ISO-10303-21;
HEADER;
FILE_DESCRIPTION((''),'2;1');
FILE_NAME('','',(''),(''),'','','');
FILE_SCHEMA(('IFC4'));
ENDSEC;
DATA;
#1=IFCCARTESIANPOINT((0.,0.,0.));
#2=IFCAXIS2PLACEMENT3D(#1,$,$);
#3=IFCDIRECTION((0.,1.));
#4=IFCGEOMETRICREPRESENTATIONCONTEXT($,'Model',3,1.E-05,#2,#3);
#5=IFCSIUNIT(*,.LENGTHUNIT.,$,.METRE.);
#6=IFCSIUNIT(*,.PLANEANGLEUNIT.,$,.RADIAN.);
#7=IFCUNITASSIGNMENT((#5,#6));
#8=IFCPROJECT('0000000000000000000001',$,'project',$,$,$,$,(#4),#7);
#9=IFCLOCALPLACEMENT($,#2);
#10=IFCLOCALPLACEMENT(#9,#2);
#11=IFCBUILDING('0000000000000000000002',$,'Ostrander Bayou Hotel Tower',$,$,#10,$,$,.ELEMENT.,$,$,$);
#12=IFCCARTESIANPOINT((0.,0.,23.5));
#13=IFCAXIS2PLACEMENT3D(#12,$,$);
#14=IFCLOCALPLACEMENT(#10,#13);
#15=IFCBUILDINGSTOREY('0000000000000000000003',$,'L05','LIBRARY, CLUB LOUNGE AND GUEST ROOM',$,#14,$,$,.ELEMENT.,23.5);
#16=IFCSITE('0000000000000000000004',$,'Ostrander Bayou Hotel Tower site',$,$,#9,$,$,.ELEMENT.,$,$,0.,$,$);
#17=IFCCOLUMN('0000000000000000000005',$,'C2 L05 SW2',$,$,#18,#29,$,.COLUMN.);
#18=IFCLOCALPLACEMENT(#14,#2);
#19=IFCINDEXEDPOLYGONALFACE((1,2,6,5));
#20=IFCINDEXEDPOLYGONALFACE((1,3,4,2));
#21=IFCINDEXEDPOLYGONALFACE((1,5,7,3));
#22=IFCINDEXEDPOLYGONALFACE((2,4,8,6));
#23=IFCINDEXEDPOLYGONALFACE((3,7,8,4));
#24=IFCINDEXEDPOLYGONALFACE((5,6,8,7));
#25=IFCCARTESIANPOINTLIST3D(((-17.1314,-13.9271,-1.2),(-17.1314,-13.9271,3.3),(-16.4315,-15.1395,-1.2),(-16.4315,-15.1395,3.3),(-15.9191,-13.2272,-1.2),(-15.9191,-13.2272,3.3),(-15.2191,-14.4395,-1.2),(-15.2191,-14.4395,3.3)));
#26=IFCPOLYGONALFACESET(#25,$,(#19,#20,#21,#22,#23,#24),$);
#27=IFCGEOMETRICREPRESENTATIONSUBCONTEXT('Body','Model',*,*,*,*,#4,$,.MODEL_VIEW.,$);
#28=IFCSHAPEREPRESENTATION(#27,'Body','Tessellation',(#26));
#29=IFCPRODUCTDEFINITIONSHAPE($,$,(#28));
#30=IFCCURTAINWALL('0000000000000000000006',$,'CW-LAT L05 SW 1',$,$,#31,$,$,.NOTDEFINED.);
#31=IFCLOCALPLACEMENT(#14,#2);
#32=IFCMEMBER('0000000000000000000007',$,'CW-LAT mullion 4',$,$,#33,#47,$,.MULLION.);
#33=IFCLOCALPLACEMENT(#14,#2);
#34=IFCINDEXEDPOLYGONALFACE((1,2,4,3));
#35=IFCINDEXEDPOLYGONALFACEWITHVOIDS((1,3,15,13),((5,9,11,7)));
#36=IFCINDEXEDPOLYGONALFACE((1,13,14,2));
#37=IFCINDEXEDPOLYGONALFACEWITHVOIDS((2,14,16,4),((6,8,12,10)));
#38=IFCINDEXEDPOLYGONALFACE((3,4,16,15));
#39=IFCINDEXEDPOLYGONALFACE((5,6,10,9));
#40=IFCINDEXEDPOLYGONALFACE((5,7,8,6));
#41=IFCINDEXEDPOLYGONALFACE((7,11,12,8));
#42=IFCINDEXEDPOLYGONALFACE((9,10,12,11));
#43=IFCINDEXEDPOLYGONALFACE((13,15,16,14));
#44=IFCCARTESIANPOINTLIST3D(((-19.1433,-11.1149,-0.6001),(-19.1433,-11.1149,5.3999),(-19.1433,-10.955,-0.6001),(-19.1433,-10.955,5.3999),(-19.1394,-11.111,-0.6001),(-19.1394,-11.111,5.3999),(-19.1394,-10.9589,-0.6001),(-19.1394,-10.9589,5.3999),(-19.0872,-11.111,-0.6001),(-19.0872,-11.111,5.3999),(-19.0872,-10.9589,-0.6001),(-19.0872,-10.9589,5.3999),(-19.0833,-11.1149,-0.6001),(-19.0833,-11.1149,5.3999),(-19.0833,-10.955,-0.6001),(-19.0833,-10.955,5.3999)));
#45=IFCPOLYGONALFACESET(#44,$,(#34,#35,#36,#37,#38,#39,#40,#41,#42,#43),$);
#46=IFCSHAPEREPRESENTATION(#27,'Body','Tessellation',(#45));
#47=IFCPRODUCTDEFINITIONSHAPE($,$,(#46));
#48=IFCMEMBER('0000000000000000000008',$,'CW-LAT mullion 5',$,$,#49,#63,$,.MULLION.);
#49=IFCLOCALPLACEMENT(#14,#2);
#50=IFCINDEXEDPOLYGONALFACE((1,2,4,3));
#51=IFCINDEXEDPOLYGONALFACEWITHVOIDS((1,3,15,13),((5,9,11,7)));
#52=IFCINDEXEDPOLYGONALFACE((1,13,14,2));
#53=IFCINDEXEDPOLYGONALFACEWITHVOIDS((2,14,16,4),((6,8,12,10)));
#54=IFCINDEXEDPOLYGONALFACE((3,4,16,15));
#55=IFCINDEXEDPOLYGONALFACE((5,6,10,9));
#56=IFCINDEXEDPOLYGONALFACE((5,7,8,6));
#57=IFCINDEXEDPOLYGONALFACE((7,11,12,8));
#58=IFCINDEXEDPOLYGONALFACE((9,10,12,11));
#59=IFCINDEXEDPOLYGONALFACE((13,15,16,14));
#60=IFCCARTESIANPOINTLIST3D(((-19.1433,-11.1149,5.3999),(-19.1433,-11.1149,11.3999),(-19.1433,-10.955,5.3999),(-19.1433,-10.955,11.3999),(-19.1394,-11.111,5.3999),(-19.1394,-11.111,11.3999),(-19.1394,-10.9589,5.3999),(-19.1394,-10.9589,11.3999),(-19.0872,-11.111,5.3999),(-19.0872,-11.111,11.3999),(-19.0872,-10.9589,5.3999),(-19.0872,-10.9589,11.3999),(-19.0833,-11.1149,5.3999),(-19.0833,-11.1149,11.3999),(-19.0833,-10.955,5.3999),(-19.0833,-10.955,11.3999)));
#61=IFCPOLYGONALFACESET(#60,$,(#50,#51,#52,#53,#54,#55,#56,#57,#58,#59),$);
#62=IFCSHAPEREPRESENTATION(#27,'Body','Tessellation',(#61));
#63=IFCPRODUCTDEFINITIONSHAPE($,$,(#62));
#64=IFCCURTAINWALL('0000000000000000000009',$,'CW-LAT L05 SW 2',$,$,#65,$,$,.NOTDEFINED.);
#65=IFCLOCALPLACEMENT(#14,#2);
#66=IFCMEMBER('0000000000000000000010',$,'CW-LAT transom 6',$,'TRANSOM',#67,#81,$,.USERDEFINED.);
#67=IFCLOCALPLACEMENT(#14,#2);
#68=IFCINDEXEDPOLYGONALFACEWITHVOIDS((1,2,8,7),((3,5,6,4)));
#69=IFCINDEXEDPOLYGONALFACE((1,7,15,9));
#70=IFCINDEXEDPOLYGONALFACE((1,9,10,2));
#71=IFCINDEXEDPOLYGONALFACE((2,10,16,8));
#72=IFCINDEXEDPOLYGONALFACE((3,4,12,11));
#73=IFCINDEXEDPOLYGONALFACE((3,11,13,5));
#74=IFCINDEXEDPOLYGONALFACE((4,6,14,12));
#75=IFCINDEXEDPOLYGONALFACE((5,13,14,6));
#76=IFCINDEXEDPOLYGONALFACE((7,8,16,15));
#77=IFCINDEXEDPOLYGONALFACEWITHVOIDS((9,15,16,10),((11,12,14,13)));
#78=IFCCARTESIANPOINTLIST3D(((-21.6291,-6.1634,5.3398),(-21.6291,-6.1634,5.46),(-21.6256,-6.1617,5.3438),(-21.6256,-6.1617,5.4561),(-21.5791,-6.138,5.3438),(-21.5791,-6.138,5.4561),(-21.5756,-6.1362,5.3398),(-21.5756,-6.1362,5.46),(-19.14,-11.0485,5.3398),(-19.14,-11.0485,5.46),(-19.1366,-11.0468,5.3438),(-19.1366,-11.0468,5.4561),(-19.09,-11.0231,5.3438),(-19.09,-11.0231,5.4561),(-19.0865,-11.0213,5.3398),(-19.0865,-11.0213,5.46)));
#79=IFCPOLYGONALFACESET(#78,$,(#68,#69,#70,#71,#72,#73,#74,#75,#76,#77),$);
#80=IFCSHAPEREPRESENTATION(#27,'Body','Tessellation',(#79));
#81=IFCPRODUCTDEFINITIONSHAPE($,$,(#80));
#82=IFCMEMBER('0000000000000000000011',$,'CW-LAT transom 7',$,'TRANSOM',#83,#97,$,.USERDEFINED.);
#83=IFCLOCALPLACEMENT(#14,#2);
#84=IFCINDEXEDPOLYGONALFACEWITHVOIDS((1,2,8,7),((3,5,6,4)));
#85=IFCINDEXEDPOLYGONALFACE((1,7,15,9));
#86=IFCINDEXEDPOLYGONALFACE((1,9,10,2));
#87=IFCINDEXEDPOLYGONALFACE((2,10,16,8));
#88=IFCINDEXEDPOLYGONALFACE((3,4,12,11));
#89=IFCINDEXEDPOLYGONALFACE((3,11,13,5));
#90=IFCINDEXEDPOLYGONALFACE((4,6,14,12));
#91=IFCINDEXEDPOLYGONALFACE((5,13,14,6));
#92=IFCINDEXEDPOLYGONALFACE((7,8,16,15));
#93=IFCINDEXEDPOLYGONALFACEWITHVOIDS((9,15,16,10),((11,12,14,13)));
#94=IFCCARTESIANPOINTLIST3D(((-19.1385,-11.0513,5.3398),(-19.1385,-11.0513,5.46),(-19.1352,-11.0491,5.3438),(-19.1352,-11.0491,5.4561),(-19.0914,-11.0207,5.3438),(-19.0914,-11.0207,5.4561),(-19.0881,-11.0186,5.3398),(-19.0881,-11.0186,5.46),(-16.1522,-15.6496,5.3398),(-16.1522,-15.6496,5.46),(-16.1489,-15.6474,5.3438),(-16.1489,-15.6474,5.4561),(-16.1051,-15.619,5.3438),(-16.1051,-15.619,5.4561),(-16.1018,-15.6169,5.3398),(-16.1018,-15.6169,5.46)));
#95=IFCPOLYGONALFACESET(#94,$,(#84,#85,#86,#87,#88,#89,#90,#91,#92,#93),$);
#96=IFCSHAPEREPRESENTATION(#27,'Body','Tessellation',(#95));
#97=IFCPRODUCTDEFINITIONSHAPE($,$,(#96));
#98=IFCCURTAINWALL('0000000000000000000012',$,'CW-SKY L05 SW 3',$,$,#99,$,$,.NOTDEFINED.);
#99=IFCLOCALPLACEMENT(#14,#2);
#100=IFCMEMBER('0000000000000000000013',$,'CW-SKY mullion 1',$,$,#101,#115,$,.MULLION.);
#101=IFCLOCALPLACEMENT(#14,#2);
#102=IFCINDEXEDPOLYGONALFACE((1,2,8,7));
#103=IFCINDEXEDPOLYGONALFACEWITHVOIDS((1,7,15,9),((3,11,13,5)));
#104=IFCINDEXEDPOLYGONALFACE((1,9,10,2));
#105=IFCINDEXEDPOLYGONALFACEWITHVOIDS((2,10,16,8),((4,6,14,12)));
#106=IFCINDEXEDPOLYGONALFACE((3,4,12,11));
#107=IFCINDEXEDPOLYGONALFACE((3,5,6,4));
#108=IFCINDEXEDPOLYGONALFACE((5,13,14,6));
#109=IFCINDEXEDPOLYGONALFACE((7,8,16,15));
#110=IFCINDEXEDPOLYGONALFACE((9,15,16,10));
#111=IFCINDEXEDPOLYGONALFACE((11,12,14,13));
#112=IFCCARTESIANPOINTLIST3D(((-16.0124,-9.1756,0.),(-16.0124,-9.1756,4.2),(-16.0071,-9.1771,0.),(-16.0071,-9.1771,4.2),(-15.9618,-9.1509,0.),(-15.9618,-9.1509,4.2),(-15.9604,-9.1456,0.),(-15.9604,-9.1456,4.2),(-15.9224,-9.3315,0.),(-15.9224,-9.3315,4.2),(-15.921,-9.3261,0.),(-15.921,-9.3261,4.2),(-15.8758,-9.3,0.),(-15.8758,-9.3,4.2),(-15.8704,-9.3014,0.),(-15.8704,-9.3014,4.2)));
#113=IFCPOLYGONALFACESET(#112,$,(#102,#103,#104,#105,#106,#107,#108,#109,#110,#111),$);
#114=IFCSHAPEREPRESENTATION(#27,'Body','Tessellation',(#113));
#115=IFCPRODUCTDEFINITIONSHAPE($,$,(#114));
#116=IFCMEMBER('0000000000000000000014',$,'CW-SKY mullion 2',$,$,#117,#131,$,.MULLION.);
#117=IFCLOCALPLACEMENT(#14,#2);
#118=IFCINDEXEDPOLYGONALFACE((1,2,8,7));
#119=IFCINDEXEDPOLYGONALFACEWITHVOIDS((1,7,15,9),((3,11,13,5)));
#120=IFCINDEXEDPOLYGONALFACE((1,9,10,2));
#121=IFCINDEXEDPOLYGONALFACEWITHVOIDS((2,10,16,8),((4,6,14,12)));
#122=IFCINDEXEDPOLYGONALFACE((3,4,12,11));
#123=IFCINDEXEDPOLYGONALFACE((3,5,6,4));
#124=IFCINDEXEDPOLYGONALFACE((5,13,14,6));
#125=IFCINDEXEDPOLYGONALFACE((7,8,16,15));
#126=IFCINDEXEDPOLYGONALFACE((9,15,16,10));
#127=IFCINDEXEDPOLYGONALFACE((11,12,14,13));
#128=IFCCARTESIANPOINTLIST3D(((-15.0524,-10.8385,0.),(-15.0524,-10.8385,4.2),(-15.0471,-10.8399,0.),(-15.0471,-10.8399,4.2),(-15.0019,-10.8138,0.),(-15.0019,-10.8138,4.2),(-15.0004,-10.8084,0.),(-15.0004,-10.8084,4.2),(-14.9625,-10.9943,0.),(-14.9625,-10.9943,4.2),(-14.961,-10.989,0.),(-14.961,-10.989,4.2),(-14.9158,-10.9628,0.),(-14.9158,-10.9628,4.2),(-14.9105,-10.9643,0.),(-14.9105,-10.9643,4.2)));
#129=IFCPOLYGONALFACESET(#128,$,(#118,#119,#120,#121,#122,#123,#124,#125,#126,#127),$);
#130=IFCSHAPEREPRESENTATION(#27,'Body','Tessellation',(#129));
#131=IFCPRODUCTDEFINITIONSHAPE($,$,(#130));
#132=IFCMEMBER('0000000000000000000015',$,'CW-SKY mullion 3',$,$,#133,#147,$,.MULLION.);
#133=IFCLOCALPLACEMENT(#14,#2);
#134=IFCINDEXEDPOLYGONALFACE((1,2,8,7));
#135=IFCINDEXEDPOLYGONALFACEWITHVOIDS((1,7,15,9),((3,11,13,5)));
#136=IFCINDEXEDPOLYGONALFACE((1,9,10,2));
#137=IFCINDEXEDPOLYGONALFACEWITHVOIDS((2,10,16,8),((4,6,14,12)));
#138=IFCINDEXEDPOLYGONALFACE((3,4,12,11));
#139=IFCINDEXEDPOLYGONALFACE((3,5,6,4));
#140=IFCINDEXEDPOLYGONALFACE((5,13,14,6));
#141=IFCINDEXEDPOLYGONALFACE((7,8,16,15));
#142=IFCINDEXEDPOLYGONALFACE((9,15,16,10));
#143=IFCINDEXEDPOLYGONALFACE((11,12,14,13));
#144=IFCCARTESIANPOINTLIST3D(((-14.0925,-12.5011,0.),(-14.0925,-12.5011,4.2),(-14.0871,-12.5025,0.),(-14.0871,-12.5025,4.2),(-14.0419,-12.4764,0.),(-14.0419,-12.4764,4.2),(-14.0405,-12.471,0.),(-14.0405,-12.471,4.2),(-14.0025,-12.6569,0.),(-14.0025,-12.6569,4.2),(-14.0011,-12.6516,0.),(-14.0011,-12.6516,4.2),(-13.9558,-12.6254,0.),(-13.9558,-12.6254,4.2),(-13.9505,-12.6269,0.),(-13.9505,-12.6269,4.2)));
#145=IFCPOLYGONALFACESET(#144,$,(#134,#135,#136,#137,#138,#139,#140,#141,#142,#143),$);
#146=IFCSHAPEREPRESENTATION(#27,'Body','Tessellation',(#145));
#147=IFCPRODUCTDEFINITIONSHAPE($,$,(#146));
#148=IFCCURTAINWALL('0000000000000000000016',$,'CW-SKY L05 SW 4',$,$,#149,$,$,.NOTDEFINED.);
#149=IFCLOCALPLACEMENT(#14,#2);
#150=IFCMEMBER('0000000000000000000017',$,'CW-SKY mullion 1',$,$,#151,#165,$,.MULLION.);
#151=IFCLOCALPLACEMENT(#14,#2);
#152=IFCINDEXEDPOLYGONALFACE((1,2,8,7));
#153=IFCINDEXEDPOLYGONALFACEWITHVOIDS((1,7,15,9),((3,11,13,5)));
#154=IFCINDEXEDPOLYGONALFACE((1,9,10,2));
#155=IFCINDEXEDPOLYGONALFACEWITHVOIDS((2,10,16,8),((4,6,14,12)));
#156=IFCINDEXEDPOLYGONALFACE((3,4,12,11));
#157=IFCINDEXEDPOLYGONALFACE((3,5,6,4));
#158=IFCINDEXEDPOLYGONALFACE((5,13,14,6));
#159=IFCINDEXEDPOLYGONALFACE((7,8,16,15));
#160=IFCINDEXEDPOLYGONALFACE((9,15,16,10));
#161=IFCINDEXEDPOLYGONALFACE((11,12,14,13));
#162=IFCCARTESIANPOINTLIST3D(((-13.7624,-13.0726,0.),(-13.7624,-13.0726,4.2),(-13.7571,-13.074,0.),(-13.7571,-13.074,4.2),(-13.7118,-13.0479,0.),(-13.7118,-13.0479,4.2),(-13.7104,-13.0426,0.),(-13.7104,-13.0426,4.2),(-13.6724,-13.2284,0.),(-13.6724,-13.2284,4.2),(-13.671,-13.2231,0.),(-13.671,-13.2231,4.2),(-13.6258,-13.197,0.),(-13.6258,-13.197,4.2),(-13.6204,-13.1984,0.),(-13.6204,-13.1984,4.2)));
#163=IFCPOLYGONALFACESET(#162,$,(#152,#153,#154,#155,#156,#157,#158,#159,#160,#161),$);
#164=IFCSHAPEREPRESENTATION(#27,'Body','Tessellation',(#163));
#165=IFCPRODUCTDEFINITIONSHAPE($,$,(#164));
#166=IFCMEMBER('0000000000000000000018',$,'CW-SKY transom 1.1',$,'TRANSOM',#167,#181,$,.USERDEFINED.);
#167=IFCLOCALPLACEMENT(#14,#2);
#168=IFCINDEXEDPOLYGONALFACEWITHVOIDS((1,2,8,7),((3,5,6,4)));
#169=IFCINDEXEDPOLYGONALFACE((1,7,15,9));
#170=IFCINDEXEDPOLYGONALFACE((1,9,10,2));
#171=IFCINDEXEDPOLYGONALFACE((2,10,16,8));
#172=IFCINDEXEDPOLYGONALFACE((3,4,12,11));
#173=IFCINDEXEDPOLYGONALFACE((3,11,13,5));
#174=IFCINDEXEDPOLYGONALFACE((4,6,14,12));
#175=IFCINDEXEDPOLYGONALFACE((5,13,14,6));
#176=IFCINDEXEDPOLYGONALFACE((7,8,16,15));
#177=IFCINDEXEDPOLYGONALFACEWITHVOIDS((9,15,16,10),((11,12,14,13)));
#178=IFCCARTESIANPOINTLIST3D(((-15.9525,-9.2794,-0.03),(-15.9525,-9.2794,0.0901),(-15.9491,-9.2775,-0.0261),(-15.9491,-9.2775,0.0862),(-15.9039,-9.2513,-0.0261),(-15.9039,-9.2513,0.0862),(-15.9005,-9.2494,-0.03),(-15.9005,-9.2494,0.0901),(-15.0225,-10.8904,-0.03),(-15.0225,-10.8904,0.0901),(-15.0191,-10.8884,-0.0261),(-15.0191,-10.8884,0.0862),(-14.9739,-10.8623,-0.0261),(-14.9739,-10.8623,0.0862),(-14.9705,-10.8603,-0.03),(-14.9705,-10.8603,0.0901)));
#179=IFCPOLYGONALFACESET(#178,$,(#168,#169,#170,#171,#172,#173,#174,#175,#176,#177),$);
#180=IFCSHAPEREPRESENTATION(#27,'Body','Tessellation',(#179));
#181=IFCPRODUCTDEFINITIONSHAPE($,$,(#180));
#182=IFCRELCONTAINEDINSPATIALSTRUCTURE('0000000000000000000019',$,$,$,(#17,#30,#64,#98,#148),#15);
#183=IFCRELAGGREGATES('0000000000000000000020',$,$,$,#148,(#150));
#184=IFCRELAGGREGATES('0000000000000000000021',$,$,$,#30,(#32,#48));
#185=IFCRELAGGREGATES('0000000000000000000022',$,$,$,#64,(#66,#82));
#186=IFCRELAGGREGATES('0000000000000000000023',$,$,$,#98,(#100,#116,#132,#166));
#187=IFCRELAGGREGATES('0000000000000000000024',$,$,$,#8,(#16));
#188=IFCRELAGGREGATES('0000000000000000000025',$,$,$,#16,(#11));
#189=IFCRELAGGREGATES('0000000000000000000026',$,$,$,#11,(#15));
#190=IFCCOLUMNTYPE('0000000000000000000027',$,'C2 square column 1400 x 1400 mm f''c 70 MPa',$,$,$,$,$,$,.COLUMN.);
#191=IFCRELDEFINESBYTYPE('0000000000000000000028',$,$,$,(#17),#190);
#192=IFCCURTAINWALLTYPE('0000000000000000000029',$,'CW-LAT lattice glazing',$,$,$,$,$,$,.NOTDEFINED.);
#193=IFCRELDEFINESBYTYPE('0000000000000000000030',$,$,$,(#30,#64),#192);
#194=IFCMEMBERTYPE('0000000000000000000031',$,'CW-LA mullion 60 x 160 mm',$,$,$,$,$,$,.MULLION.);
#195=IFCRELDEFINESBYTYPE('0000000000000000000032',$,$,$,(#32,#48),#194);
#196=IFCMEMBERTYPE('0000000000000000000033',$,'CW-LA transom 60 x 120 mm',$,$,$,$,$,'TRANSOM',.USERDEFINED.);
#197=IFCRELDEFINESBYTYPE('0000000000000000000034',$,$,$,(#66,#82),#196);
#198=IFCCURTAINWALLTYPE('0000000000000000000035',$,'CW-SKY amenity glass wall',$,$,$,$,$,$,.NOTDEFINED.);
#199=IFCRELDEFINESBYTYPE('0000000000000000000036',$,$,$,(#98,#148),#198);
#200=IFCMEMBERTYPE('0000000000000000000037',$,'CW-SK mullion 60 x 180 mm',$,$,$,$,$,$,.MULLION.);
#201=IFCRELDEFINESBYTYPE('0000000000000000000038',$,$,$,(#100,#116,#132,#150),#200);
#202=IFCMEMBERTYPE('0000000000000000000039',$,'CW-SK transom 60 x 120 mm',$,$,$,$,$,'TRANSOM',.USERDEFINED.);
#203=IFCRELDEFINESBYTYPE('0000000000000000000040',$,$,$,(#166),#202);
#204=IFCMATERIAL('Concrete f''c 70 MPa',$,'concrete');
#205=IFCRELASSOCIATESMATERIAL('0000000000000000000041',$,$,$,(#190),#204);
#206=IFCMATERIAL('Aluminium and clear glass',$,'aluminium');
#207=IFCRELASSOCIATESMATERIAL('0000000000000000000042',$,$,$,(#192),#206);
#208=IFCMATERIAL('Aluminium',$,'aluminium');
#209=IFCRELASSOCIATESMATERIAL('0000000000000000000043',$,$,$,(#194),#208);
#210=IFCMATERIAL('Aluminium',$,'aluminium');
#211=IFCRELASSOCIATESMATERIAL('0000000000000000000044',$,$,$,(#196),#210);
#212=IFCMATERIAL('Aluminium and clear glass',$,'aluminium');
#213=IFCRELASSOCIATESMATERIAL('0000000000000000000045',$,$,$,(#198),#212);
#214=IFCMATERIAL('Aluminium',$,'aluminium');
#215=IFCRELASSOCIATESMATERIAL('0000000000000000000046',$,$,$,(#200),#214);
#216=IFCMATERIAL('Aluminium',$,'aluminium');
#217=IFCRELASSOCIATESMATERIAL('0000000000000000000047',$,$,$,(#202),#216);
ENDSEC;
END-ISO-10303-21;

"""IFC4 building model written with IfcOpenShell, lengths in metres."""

from ifc_helpers import new_model, si_unit, direction, frame, origin, origin_2d, place, context, subcontext, project, spatial, rectangle, hollow_rectangle, extrude, material, material_profile, profile_set, type_object, element, aggregate, save


model = new_model("IFC4")

# Units and contexts
model_context = context("Model", 3, precision=1e-05, world=origin(), true_north=direction((0.0, 1.0)))
body_context = subcontext(model_context, "Body", "Model", "MODEL_VIEW")
ifc_project = project(units=[si_unit("LENGTHUNIT", "METRE"), si_unit("PLANEANGLEUNIT", "RADIAN")], contexts=[model_context])

# Site, building, storey
site_placement = place(None, origin())
site = spatial("IfcSite", under=ifc_project, at=site_placement, Name="Ostrander Bayou Hotel Tower site", CompositionType="ELEMENT", RefElevation=0.0)
building_placement = place(site_placement, origin())
building = spatial("IfcBuilding", under=site, at=building_placement, Name="Ostrander Bayou Hotel Tower", CompositionType="ELEMENT")
storey_placement = place(building_placement, frame((0.0, 0.0, 23.5)))
storey = spatial("IfcBuildingStorey", under=building, at=storey_placement, Name="L05", Description="LIBRARY, CLUB LOUNGE AND GUEST ROOM", CompositionType="ELEMENT", Elevation=23.5)

# Column
ifc_material_1 = material(Name="Concrete f'c 70 MPa", Category="concrete")
ifc_material_profile_1 = material_profile(ifc_material_1, rectangle(XDim=1.3999, YDim=1.3999, at=origin_2d()))
ifc_profile_set_1 = profile_set([ifc_material_profile_1], Name="Concrete f'c 70 MPa")
column_type = type_object("IfcColumnType", Name="C2 square column 1400 x 1400 mm f'c 70 MPa", PredefinedType="COLUMN", material=ifc_profile_set_1)
column_placement = place(storey_placement, frame((-16.1753, -14.1833, -1.2), z_axis=(0.0, 0.0, 1.0), x_axis=(-0.5, 0.866025, 0.0)))
element("IfcColumn", 1, at=column_placement, inside=storey, type_object=column_type, Name="C2 L05 SW2", PredefinedType="COLUMN", context=body_context, shape_type="SweptSolid", body=[
    extrude(rectangle(XDim=1.3999, YDim=1.3999, at=origin_2d()), origin(), (0.0, 0.0, 1.0), 4.5),
])

# Curtain walls, members
ifc_material_2 = material(Name="Aluminium and clear glass", Category="aluminium")
curtain_wall_type_1 = type_object("IfcCurtainWallType", Name="CW-LAT lattice glazing", PredefinedType="NOTDEFINED", material=ifc_material_2)
curtain_wall_1_placement = place(storey_placement, origin())
curtain_wall_1 = element("IfcCurtainWall", 2, at=curtain_wall_1_placement, inside=storey, type_object=curtain_wall_type_1, Name="CW-LAT L05 SW 1", PredefinedType="NOTDEFINED")
ifc_material_3 = material(Name="Aluminium", Category="aluminium")
ifc_material_profile_2 = material_profile(ifc_material_3, hollow_rectangle(XDim=0.0601, YDim=0.1599, WallThickness=0.0039, at=origin_2d()))
ifc_profile_set_2 = profile_set([ifc_material_profile_2], Name="Aluminium")
member_type_1 = type_object("IfcMemberType", Name="CW-LA mullion 60 x 160 mm", PredefinedType="MULLION", material=ifc_profile_set_2)
member_1_placement = place(storey_placement, frame((-19.1133, -11.0349, -0.6001), z_axis=(0.0, 0.0, 1.0), x_axis=(1.0, 0.0, 0.0)))
member_1 = element("IfcMember", 3, at=member_1_placement, type_object=member_type_1, Name="CW-LAT mullion 4", PredefinedType="MULLION", context=body_context, shape_type="SweptSolid", body=[
    extrude(hollow_rectangle(XDim=0.0601, YDim=0.1599, WallThickness=0.0039, at=origin_2d()), origin(), (0.0, 0.0, 1.0), 6.0),
])
member_2_placement = place(storey_placement, frame((-19.1133, -11.0349, 5.3999), z_axis=(0.0, 0.0, 1.0), x_axis=(1.0, 0.0, 0.0)))
member_2 = element("IfcMember", 4, at=member_2_placement, type_object=member_type_1, Name="CW-LAT mullion 5", PredefinedType="MULLION", context=body_context, shape_type="SweptSolid", body=[
    extrude(hollow_rectangle(XDim=0.0601, YDim=0.1599, WallThickness=0.0039, at=origin_2d()), origin(), (0.0, 0.0, 1.0), 6.0),
])
curtain_wall_2_placement = place(storey_placement, origin())
curtain_wall_2 = element("IfcCurtainWall", 5, at=curtain_wall_2_placement, inside=storey, type_object=curtain_wall_type_1, Name="CW-LAT L05 SW 2", PredefinedType="NOTDEFINED")
ifc_material_4 = material(Name="Aluminium", Category="aluminium")
ifc_material_profile_3 = material_profile(ifc_material_4, hollow_rectangle(XDim=0.0601, YDim=0.1201, WallThickness=0.0039, at=origin_2d()))
ifc_profile_set_3 = profile_set([ifc_material_profile_3], Name="Aluminium")
member_type_2 = type_object("IfcMemberType", Name="CW-LA transom 60 x 120 mm", ElementType="TRANSOM", PredefinedType="USERDEFINED", material=ifc_profile_set_3)
member_3_placement = place(storey_placement, frame((-19.1133, -11.0349, 5.3999), z_axis=(-0.453987, 0.891008, 0.0), x_axis=(-0.891008, -0.453987, 0.0)))
member_3 = element("IfcMember", 6, at=member_3_placement, type_object=member_type_2, Name="CW-LAT transom 6", ObjectType="TRANSOM", PredefinedType="USERDEFINED", context=body_context, shape_type="SweptSolid", body=[
    extrude(hollow_rectangle(XDim=0.0601, YDim=0.1201, WallThickness=0.0039, at=origin_2d()), origin(), (0.0, 0.0, 1.0), 5.4827),
])
member_4_placement = place(storey_placement, frame((-19.1133, -11.0349, 5.3999), z_axis=(0.544652, -0.838662, 0.0), x_axis=(0.838662, 0.544652, 0.0)))
member_4 = element("IfcMember", 7, at=member_4_placement, type_object=member_type_2, Name="CW-LAT transom 7", ObjectType="TRANSOM", PredefinedType="USERDEFINED", context=body_context, shape_type="SweptSolid", body=[
    extrude(hollow_rectangle(XDim=0.0601, YDim=0.1201, WallThickness=0.0039, at=origin_2d()), origin(), (0.0, 0.0, 1.0), 5.4829),
])
ifc_material_5 = material(Name="Aluminium and clear glass", Category="aluminium")
curtain_wall_type_2 = type_object("IfcCurtainWallType", Name="CW-SKY amenity glass wall", PredefinedType="NOTDEFINED", material=ifc_material_5)
curtain_wall_3_placement = place(storey_placement, origin())
curtain_wall_3 = element("IfcCurtainWall", 8, at=curtain_wall_3_placement, inside=storey, type_object=curtain_wall_type_2, Name="CW-SKY L05 SW 3", PredefinedType="NOTDEFINED")
ifc_material_6 = material(Name="Aluminium", Category="aluminium")
ifc_material_profile_4 = material_profile(ifc_material_6, hollow_rectangle(XDim=0.0601, YDim=0.1799, WallThickness=0.0039, at=origin_2d()))
ifc_profile_set_4 = profile_set([ifc_material_profile_4], Name="Aluminium")
member_type_3 = type_object("IfcMemberType", Name="CW-SK mullion 60 x 180 mm", PredefinedType="MULLION", material=ifc_profile_set_4)
member_5_placement = place(storey_placement, frame((-15.9414, -9.2385, 0.0), z_axis=(0.0, 0.0, 1.0), x_axis=(0.866025, 0.5, 0.0)))
member_5 = element("IfcMember", 9, at=member_5_placement, type_object=member_type_3, Name="CW-SKY mullion 1", PredefinedType="MULLION", context=body_context, shape_type="SweptSolid", body=[
    extrude(hollow_rectangle(XDim=0.0601, YDim=0.1799, WallThickness=0.0039, at=origin_2d()), origin(), (0.0, 0.0, 1.0), 4.2),
])
member_6_placement = place(storey_placement, frame((-14.9814, -10.9014, 0.0), z_axis=(0.0, 0.0, 1.0), x_axis=(0.866025, 0.5, 0.0)))
member_6 = element("IfcMember", 10, at=member_6_placement, type_object=member_type_3, Name="CW-SKY mullion 2", PredefinedType="MULLION", context=body_context, shape_type="SweptSolid", body=[
    extrude(hollow_rectangle(XDim=0.0601, YDim=0.1799, WallThickness=0.0039, at=origin_2d()), origin(), (0.0, 0.0, 1.0), 4.2),
])
member_7_placement = place(storey_placement, frame((-14.0215, -12.564, 0.0), z_axis=(0.0, 0.0, 1.0), x_axis=(0.866025, 0.5, 0.0)))
member_7 = element("IfcMember", 11, at=member_7_placement, type_object=member_type_3, Name="CW-SKY mullion 3", PredefinedType="MULLION", context=body_context, shape_type="SweptSolid", body=[
    extrude(hollow_rectangle(XDim=0.0601, YDim=0.1799, WallThickness=0.0039, at=origin_2d()), origin(), (0.0, 0.0, 1.0), 4.2),
])

# Curtain wall, member
curtain_wall_4_placement = place(storey_placement, origin())
curtain_wall_4 = element("IfcCurtainWall", 12, at=curtain_wall_4_placement, inside=storey, type_object=curtain_wall_type_2, Name="CW-SKY L05 SW 4", PredefinedType="NOTDEFINED")
member_8_placement = place(storey_placement, frame((-13.6914, -13.1355, 0.0), z_axis=(0.0, 0.0, 1.0), x_axis=(0.866026, 0.499999, 0.0)))
member_8 = element("IfcMember", 13, at=member_8_placement, type_object=member_type_3, Name="CW-SKY mullion 1", PredefinedType="MULLION", context=body_context, shape_type="SweptSolid", body=[
    extrude(hollow_rectangle(XDim=0.0601, YDim=0.1799, WallThickness=0.0039, at=origin_2d()), origin(), (0.0, 0.0, 1.0), 4.2),
])

# Member
ifc_material_7 = material(Name="Aluminium", Category="aluminium")
ifc_material_profile_5 = material_profile(ifc_material_7, hollow_rectangle(XDim=0.0601, YDim=0.1201, WallThickness=0.0039, at=origin_2d()))
ifc_profile_set_5 = profile_set([ifc_material_profile_5], Name="Aluminium")
member_type_4 = type_object("IfcMemberType", Name="CW-SK transom 60 x 120 mm", ElementType="TRANSOM", PredefinedType="USERDEFINED", material=ifc_profile_set_5)
member_9_placement = place(storey_placement, frame((-15.9265, -9.2644, 0.03), z_axis=(0.499965, -0.866046, 0.0), x_axis=(0.866046, 0.499965, 0.0)))
member_9 = element("IfcMember", 14, at=member_9_placement, type_object=member_type_4, Name="CW-SKY transom 1.1", ObjectType="TRANSOM", PredefinedType="USERDEFINED", context=body_context, shape_type="SweptSolid", body=[
    extrude(hollow_rectangle(XDim=0.0601, YDim=0.1201, WallThickness=0.0039, at=origin_2d()), origin(), (0.0, 0.0, 1.0), 1.8601),
])
aggregate(curtain_wall_4, [member_8])

aggregate(curtain_wall_1, [member_1, member_2])
aggregate(curtain_wall_2, [member_3, member_4])
aggregate(curtain_wall_3, [member_5, member_6, member_7, member_9])

save(model, "model.ifc")
